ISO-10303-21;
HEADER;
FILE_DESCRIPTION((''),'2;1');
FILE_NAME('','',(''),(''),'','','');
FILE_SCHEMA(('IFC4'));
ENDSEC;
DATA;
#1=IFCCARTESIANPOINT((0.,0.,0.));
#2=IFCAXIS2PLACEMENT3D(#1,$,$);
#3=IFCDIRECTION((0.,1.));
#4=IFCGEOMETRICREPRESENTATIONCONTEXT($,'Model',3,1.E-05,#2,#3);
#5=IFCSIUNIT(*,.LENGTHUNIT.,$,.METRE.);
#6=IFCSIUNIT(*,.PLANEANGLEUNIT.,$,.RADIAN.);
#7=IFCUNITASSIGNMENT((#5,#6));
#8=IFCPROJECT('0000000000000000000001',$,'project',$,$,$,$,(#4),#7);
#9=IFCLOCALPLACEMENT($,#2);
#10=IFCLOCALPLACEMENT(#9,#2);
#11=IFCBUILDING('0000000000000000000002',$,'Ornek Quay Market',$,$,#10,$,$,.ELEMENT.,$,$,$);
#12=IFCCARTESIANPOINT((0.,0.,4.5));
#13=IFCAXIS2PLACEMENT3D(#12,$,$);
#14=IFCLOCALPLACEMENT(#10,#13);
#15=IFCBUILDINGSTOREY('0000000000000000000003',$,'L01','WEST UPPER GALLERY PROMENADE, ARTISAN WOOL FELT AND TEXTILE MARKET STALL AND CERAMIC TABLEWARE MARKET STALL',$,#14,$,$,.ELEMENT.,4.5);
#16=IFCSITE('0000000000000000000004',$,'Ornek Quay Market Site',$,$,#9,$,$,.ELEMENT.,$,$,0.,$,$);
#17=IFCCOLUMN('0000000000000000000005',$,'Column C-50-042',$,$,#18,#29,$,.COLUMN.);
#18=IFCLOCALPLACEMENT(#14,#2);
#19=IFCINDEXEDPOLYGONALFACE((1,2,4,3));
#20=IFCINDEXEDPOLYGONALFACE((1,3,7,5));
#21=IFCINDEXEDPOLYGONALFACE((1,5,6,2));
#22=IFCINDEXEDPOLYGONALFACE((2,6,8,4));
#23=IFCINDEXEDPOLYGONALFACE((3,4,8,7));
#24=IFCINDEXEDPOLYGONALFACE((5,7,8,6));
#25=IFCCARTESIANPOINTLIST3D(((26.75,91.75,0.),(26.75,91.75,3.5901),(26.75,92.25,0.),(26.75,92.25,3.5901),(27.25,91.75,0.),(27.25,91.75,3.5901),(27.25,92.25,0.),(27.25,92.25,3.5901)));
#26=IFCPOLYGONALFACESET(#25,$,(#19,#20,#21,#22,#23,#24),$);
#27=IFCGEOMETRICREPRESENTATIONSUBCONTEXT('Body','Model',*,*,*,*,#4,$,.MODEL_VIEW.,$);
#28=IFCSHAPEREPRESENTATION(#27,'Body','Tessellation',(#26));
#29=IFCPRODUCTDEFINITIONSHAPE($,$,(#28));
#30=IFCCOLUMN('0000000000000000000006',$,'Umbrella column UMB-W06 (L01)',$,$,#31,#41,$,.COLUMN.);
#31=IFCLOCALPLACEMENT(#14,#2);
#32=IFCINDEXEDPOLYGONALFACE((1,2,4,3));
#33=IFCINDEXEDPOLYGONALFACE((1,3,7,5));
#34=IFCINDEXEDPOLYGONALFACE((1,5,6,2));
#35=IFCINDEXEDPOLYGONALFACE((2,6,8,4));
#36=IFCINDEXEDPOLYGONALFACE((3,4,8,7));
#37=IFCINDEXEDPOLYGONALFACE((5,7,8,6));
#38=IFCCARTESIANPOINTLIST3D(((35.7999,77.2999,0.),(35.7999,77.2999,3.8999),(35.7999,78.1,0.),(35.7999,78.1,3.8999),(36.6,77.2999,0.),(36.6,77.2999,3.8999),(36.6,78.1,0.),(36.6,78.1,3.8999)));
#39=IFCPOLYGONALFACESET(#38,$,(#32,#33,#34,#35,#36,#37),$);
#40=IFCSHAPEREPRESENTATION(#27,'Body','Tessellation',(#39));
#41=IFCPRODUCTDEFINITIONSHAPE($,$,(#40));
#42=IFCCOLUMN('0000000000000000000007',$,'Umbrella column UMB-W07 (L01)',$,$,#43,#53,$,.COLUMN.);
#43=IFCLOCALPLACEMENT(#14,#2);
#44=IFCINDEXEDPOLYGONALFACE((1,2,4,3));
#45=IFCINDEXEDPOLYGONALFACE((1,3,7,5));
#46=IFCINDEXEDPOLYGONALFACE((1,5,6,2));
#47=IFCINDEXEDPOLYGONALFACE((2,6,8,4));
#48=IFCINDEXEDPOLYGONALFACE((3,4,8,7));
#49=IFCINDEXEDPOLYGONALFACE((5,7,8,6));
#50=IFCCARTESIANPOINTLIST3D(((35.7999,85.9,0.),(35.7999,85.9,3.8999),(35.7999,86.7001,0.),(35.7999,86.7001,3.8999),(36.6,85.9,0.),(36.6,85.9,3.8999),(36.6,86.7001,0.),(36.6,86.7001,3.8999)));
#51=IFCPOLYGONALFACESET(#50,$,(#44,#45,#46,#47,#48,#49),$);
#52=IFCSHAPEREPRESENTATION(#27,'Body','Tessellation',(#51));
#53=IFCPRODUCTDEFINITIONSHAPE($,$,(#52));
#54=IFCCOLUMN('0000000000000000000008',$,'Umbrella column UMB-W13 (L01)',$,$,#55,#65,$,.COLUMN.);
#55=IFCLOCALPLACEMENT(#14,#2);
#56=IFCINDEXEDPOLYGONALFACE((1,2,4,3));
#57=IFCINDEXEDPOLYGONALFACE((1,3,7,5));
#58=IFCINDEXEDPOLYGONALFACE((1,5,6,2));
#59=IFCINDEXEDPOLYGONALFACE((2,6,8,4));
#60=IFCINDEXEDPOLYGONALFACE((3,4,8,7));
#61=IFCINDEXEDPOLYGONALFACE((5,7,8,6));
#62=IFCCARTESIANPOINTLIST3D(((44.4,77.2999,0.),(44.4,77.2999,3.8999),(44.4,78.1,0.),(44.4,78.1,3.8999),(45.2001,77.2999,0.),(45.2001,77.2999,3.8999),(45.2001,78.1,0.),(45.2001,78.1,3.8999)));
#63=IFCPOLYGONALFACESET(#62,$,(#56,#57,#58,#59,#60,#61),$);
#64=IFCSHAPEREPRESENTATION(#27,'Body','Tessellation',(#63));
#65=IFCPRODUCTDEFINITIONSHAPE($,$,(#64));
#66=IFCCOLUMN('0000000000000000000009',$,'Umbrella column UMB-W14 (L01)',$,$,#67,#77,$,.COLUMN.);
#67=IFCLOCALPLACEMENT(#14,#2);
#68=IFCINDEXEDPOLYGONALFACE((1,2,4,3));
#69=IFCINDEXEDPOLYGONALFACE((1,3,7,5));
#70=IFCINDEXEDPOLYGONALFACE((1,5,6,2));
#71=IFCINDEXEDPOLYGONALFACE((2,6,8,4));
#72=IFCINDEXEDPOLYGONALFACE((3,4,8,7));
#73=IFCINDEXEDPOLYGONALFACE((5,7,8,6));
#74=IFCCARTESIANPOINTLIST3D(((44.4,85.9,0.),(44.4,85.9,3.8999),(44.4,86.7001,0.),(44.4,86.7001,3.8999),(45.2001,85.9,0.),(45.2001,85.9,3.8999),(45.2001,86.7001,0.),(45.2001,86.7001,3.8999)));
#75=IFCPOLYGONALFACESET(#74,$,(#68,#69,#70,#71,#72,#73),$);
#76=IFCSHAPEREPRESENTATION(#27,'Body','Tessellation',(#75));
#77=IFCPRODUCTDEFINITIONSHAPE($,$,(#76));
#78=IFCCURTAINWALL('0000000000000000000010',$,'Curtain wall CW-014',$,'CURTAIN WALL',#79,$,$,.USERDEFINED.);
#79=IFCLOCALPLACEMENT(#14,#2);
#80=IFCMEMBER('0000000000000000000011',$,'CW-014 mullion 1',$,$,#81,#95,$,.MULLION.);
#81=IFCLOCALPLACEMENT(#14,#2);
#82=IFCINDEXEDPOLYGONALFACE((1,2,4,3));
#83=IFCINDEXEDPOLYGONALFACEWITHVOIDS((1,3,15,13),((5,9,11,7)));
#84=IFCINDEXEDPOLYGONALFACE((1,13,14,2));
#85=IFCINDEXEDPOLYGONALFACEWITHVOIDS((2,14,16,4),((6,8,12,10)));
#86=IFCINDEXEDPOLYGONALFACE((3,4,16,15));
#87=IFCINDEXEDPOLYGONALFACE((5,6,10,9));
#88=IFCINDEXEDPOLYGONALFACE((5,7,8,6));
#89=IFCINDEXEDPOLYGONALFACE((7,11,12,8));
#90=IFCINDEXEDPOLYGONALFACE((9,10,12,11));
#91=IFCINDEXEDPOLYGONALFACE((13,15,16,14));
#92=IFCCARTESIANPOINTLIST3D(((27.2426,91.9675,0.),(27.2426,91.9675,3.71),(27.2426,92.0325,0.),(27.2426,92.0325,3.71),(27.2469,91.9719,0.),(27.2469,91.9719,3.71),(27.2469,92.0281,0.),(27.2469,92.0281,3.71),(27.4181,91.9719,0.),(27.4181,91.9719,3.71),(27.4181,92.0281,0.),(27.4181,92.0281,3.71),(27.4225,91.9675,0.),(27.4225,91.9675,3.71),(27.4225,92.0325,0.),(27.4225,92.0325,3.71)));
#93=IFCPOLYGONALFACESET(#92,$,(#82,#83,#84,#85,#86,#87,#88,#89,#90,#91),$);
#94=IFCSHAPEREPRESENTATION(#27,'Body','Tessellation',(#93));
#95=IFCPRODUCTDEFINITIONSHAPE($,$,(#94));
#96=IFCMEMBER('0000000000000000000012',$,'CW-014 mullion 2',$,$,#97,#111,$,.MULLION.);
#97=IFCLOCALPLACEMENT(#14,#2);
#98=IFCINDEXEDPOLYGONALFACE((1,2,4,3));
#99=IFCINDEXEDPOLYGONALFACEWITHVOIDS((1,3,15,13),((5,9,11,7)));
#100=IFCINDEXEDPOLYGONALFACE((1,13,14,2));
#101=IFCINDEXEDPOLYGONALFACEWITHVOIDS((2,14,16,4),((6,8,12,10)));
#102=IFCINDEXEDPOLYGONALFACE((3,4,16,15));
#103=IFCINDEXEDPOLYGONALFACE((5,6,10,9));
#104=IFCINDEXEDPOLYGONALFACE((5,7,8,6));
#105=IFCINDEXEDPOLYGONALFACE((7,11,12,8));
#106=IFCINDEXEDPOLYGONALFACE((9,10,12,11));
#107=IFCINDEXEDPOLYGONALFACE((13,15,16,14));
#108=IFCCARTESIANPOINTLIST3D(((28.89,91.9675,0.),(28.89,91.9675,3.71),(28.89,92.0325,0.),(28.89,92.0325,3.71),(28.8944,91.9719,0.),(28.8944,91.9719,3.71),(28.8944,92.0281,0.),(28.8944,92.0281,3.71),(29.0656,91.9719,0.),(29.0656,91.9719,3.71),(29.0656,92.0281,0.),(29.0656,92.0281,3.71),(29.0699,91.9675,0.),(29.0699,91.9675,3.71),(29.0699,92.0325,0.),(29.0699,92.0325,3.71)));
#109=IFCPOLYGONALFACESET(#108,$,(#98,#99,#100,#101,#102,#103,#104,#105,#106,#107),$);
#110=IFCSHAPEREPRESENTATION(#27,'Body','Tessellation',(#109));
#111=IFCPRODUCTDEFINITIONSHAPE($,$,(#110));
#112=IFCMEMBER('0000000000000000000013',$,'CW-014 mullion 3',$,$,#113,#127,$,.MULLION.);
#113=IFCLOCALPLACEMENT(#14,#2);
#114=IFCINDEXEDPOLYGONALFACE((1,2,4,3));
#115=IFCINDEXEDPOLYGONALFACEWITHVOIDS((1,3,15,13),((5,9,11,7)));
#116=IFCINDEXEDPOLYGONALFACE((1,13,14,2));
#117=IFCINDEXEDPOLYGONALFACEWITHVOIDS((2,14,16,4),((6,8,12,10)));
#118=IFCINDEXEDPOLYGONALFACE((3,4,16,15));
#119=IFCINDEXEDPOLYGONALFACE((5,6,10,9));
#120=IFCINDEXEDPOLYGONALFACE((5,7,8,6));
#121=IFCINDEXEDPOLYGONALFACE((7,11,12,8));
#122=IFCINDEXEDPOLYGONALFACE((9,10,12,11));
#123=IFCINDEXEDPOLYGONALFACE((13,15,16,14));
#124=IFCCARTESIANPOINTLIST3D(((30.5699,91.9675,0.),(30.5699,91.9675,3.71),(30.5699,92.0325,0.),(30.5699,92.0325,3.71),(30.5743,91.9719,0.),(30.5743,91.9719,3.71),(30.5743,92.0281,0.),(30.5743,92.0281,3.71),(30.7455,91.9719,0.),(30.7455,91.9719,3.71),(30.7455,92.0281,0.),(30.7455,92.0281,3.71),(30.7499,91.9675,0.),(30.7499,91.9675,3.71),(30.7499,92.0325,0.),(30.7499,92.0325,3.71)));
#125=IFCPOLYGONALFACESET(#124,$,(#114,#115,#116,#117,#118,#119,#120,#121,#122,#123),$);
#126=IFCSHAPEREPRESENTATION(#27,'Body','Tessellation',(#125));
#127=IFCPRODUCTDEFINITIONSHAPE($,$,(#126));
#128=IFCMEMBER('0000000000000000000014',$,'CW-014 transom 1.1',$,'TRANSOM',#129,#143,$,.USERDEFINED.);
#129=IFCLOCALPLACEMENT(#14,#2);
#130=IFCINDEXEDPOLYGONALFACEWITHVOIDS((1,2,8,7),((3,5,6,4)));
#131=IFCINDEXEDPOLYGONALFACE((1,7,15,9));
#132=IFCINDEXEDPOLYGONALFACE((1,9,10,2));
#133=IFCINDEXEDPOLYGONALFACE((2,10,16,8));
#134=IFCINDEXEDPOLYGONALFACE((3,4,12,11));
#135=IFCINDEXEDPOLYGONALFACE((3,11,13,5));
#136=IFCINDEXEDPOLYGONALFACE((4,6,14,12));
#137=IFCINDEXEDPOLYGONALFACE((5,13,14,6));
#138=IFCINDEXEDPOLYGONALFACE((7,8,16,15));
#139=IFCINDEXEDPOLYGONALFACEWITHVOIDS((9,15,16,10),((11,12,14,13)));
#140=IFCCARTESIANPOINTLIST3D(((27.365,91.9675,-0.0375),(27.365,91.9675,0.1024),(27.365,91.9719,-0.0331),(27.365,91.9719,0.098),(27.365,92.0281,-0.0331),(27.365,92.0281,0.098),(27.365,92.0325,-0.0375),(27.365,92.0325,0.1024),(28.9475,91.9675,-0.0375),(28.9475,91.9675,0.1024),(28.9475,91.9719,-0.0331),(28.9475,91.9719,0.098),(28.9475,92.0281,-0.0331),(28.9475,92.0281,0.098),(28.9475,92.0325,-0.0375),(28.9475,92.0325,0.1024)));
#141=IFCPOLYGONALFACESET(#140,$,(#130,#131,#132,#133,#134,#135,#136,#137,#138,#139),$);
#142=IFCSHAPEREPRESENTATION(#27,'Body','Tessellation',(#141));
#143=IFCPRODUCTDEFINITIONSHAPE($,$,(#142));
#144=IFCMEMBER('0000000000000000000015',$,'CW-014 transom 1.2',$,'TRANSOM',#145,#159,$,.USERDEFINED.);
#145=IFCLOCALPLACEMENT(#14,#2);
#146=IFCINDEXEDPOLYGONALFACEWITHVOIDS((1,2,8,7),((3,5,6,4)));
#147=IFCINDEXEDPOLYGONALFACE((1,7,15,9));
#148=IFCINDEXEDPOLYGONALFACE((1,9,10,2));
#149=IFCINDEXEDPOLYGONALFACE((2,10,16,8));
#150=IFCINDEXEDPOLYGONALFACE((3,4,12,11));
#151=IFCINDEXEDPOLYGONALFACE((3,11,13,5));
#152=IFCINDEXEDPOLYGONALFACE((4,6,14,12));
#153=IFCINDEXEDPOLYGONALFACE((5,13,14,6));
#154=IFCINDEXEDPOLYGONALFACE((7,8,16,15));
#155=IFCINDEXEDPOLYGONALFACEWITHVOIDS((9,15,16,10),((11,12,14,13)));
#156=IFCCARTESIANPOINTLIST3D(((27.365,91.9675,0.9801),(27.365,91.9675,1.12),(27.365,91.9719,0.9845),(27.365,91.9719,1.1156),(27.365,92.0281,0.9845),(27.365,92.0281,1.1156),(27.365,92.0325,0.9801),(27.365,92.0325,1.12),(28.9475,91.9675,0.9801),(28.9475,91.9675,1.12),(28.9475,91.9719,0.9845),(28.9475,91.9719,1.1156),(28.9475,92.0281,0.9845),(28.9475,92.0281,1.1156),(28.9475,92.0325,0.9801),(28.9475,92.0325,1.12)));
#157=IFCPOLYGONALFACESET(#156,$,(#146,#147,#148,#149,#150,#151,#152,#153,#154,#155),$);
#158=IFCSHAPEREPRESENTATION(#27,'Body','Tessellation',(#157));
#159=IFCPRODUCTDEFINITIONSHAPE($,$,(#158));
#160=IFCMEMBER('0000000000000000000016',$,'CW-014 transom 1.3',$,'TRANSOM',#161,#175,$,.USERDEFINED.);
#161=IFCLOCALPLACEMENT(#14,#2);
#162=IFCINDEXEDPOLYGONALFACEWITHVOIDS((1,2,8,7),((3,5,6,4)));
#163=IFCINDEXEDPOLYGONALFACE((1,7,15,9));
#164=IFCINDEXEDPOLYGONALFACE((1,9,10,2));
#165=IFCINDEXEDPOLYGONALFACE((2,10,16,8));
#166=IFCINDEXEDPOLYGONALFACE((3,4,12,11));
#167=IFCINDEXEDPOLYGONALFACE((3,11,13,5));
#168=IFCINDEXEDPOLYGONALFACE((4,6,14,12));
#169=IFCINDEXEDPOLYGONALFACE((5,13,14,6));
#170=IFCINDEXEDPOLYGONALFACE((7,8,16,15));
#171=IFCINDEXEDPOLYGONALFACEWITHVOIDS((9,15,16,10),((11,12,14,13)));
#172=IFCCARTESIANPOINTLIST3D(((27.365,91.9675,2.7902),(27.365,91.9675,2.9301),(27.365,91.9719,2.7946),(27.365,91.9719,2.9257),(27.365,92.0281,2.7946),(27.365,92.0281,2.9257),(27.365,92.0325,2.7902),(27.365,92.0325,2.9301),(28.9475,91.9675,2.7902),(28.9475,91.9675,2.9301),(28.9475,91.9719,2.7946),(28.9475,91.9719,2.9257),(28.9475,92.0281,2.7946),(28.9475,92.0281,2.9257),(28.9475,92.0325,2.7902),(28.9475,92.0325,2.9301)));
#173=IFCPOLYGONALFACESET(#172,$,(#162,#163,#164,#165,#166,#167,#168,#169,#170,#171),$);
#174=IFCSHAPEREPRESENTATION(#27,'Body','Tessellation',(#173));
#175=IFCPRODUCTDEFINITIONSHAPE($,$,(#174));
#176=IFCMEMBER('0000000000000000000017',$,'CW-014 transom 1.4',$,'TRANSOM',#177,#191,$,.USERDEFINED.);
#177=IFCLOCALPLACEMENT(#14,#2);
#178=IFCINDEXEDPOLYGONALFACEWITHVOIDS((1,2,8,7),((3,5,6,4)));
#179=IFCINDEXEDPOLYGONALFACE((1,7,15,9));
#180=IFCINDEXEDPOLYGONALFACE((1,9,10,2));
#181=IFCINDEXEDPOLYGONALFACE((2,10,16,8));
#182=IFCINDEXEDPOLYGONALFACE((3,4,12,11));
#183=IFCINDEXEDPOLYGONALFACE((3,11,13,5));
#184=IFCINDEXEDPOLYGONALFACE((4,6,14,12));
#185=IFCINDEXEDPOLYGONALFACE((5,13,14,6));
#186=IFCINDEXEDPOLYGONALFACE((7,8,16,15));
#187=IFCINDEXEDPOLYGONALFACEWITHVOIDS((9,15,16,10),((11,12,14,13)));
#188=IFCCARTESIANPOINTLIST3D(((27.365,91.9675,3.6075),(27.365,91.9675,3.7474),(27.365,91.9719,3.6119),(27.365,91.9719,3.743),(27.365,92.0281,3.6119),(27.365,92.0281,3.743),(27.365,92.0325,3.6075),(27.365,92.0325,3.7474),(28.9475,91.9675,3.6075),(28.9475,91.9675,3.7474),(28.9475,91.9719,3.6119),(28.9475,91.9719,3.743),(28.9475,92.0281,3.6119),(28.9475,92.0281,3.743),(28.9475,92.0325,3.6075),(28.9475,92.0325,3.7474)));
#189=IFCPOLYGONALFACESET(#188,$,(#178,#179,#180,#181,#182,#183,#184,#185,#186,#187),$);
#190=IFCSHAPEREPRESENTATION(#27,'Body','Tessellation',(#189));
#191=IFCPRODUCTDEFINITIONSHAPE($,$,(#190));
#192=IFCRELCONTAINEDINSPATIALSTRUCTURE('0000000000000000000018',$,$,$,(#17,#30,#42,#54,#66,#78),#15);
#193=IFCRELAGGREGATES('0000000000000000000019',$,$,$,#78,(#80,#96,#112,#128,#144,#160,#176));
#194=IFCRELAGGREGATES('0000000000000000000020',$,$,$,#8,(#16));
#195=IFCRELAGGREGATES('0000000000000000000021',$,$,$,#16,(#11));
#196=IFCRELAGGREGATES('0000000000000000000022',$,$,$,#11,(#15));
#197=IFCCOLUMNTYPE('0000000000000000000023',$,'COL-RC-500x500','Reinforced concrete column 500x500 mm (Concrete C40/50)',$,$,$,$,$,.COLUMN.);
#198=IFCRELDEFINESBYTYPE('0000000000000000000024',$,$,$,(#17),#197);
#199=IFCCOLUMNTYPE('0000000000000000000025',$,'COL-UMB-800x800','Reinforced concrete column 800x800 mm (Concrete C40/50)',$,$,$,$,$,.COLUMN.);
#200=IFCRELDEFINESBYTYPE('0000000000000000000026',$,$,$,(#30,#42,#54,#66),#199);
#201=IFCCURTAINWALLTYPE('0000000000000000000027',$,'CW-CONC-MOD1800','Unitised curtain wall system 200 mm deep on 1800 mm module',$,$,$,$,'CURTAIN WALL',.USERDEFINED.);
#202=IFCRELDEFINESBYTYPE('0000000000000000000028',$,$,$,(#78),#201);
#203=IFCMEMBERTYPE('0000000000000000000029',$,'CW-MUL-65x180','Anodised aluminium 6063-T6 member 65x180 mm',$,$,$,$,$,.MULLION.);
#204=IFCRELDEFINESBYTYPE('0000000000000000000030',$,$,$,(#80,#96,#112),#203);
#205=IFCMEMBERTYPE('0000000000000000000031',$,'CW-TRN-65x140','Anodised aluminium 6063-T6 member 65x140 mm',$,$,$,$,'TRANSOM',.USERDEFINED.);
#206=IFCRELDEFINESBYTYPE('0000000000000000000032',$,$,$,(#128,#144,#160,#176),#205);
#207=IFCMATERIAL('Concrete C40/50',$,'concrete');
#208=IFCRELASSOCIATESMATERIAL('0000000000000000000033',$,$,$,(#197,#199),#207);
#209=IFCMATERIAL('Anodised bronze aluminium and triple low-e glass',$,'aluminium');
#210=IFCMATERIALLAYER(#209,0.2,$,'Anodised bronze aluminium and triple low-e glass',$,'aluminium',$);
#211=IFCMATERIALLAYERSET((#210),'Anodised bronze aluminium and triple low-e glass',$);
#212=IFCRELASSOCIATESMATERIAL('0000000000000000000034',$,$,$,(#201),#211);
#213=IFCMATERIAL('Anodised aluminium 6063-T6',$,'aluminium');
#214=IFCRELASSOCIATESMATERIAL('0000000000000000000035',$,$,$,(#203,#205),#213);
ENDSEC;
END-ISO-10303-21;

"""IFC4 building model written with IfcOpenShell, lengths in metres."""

from ifc_helpers import new_model, si_unit, direction, frame, origin, origin_2d, place, context, subcontext, project, spatial, rectangle, hollow_rectangle, extrude, material, layer, layer_set, material_profile, profile_set, type_object, element, aggregate, save


model = new_model("IFC4")

# Units and contexts
model_context = context("Model", 3, precision=1e-05, world=origin(), true_north=direction((0.0, 1.0)))
body_context = subcontext(model_context, "Body", "Model", "MODEL_VIEW")
ifc_project = project(units=[si_unit("LENGTHUNIT", "METRE"), si_unit("PLANEANGLEUNIT", "RADIAN")], contexts=[model_context])

# Site, building, storey
site_placement = place(None, origin())
site = spatial("IfcSite", under=ifc_project, at=site_placement, Name="Ornek Quay Market Site", CompositionType="ELEMENT", RefElevation=0.0)
building_placement = place(site_placement, origin())
building = spatial("IfcBuilding", under=site, at=building_placement, Name="Ornek Quay Market", CompositionType="ELEMENT")
storey_placement = place(building_placement, frame((0.0, 0.0, 4.5)))
storey = spatial("IfcBuildingStorey", under=building, at=storey_placement, Name="L01", Description="WEST UPPER GALLERY PROMENADE, ARTISAN WOOL FELT AND TEXTILE MARKET STALL AND CERAMIC TABLEWARE MARKET STALL", CompositionType="ELEMENT", Elevation=4.5)

# Columns
ifc_material_1 = material(Name="Concrete C40/50", Category="concrete")
ifc_material_profile_1 = material_profile(ifc_material_1, rectangle(XDim=0.5, YDim=0.5, at=origin_2d()), Name="RC 500x500", Category="concrete")
ifc_profile_set_1 = profile_set([ifc_material_profile_1], Name="Concrete C40/50")
column_type_1 = type_object("IfcColumnType", Name="COL-RC-500x500", Description="Reinforced concrete column 500x500 mm (Concrete C40/50)", PredefinedType="COLUMN", material=ifc_profile_set_1)
column_placement = place(storey_placement, frame((27.0, 92.0, 0.0), z_axis=(0.0, 0.0, 1.0), x_axis=(1.0, 0.0, 0.0)))
element("IfcColumn", 1, at=column_placement, inside=storey, type_object=column_type_1, Name="Column C-50-042", PredefinedType="COLUMN", context=body_context, shape_type="SweptSolid", body=[
    extrude(rectangle(XDim=0.5, YDim=0.5, at=origin_2d()), origin(), (0.0, 0.0, 1.0), 3.5901),
])
ifc_material_profile_2 = material_profile(ifc_material_1, rectangle(XDim=0.8, YDim=0.8, at=origin_2d()), Name="RC 800x800", Category="concrete")
ifc_profile_set_2 = profile_set([ifc_material_profile_2], Name="Concrete C40/50")
column_type_2 = type_object("IfcColumnType", Name="COL-UMB-800x800", Description="Reinforced concrete column 800x800 mm (Concrete C40/50)", PredefinedType="COLUMN", material=ifc_profile_set_2)
for number, where, z_axis, x_axis, name in (
    (2, (36.2, 77.7, 0.0), (0.0, 0.0, 1.0), (1.0, 0.0, 0.0), "Umbrella column UMB-W06 (L01)"),
    (3, (36.2, 86.3, 0.0), (0.0, 0.0, 1.0), (1.0, 0.0, 0.0), "Umbrella column UMB-W07 (L01)"),
    (4, (44.8, 77.7, 0.0), (0.0, 0.0, 1.0), (1.0, 0.0, 0.0), "Umbrella column UMB-W13 (L01)"),
    (5, (44.8, 86.3, 0.0), (0.0, 0.0, 1.0), (1.0, 0.0, 0.0), "Umbrella column UMB-W14 (L01)"),
):
    element("IfcColumn", number, at=place(storey_placement, frame(where, z_axis=z_axis, x_axis=x_axis)), inside=storey, type_object=column_type_2, Name=name, PredefinedType="COLUMN", context=body_context, shape_type="SweptSolid", body=[
        extrude(rectangle(XDim=0.8, YDim=0.8, at=origin_2d()), origin(), (0.0, 0.0, 1.0), 3.8999),
    ])

# Curtain wall, members
ifc_material_2 = material(Name="Anodised bronze aluminium and triple low-e glass", Category="aluminium")
ifc_layer_1 = layer(ifc_material_2, 0.2, Name="Anodised bronze aluminium and triple low-e glass", Category="aluminium")
ifc_layer_set_1 = layer_set([ifc_layer_1], Name="Anodised bronze aluminium and triple low-e glass")
curtain_wall_type = type_object("IfcCurtainWallType", Name="CW-CONC-MOD1800", Description="Unitised curtain wall system 200 mm deep on 1800 mm module", ElementType="CURTAIN WALL", PredefinedType="USERDEFINED", material=ifc_layer_set_1)
curtain_wall_placement = place(storey_placement, origin())
curtain_wall = element("IfcCurtainWall", 6, at=curtain_wall_placement, inside=storey, type_object=curtain_wall_type, Name="Curtain wall CW-014", ObjectType="CURTAIN WALL", PredefinedType="USERDEFINED")
ifc_material_3 = material(Name="Anodised aluminium 6063-T6", Category="aluminium")
ifc_material_profile_3 = material_profile(ifc_material_3, hollow_rectangle(XDim=0.0649, YDim=0.1799, WallThickness=0.0044, at=origin_2d()), Name="CW-MUL-65x180", Category="aluminium")
ifc_profile_set_3 = profile_set([ifc_material_profile_3], Name="Anodised aluminium 6063-T6")
member_type_1 = type_object("IfcMemberType", Name="CW-MUL-65x180", Description="Anodised aluminium 6063-T6 member 65x180 mm", PredefinedType="MULLION", material=ifc_profile_set_3)
member_1_placement = place(storey_placement, frame((27.3325, 92.0, 0.0), z_axis=(0.0, 0.0, 1.0), x_axis=(0.0, 1.0, 0.0)))
member_1 = element("IfcMember", 7, at=member_1_placement, type_object=member_type_1, Name="CW-014 mullion 1", PredefinedType="MULLION", context=body_context, shape_type="SweptSolid", body=[
    extrude(hollow_rectangle(XDim=0.0649, YDim=0.1799, WallThickness=0.0044, at=origin_2d()), origin(), (0.0, 0.0, 1.0), 3.71),
])
member_2_placement = place(storey_placement, frame((28.98, 92.0, 0.0), z_axis=(0.0, 0.0, 1.0), x_axis=(0.0, 1.0, 0.0)))
member_2 = element("IfcMember", 8, at=member_2_placement, type_object=member_type_1, Name="CW-014 mullion 2", PredefinedType="MULLION", context=body_context, shape_type="SweptSolid", body=[
    extrude(hollow_rectangle(XDim=0.0649, YDim=0.1799, WallThickness=0.0044, at=origin_2d()), origin(), (0.0, 0.0, 1.0), 3.71),
])
member_3_placement = place(storey_placement, frame((30.6599, 92.0, 0.0), z_axis=(0.0, 0.0, 1.0), x_axis=(0.0, 1.0, 0.0)))
member_3 = element("IfcMember", 9, at=member_3_placement, type_object=member_type_1, Name="CW-014 mullion 3", PredefinedType="MULLION", context=body_context, shape_type="SweptSolid", body=[
    extrude(hollow_rectangle(XDim=0.0649, YDim=0.1799, WallThickness=0.0044, at=origin_2d()), origin(), (0.0, 0.0, 1.0), 3.71),
])
ifc_material_profile_4 = material_profile(ifc_material_3, hollow_rectangle(XDim=0.0649, YDim=0.1399, WallThickness=0.0044, at=origin_2d()), Name="CW-TRN-65x140", Category="aluminium")
ifc_profile_set_4 = profile_set([ifc_material_profile_4], Name="Anodised aluminium 6063-T6")
member_type_2 = type_object("IfcMemberType", Name="CW-TRN-65x140", Description="Anodised aluminium 6063-T6 member 65x140 mm", ElementType="TRANSOM", PredefinedType="USERDEFINED", material=ifc_profile_set_4)
member_4_placement = place(storey_placement, frame((27.365, 92.0, 0.0325), z_axis=(1.0, 0.0, 0.0), x_axis=(0.0, 1.0, 0.0)))
member_4 = element("IfcMember", 10, at=member_4_placement, type_object=member_type_2, Name="CW-014 transom 1.1", ObjectType="TRANSOM", PredefinedType="USERDEFINED", context=body_context, shape_type="SweptSolid", body=[
    extrude(hollow_rectangle(XDim=0.0649, YDim=0.1399, WallThickness=0.0044, at=origin_2d()), origin(), (0.0, 0.0, 1.0), 1.5825),
])
member_5_placement = place(storey_placement, frame((27.365, 92.0, 1.05), z_axis=(1.0, 0.0, 0.0), x_axis=(0.0, 1.0, 0.0)))
member_5 = element("IfcMember", 11, at=member_5_placement, type_object=member_type_2, Name="CW-014 transom 1.2", ObjectType="TRANSOM", PredefinedType="USERDEFINED", context=body_context, shape_type="SweptSolid", body=[
    extrude(hollow_rectangle(XDim=0.0649, YDim=0.1399, WallThickness=0.0044, at=origin_2d()), origin(), (0.0, 0.0, 1.0), 1.5825),
])
member_6_placement = place(storey_placement, frame((27.365, 92.0, 2.8601), z_axis=(1.0, 0.0, 0.0), x_axis=(0.0, 1.0, 0.0)))
member_6 = element("IfcMember", 12, at=member_6_placement, type_object=member_type_2, Name="CW-014 transom 1.3", ObjectType="TRANSOM", PredefinedType="USERDEFINED", context=body_context, shape_type="SweptSolid", body=[
    extrude(hollow_rectangle(XDim=0.0649, YDim=0.1399, WallThickness=0.0044, at=origin_2d()), origin(), (0.0, 0.0, 1.0), 1.5825),
])
member_7_placement = place(storey_placement, frame((27.365, 92.0, 3.6775), z_axis=(1.0, 0.0, 0.0), x_axis=(0.0, 1.0, 0.0)))
member_7 = element("IfcMember", 13, at=member_7_placement, type_object=member_type_2, Name="CW-014 transom 1.4", ObjectType="TRANSOM", PredefinedType="USERDEFINED", context=body_context, shape_type="SweptSolid", body=[
    extrude(hollow_rectangle(XDim=0.0649, YDim=0.1399, WallThickness=0.0044, at=origin_2d()), origin(), (0.0, 0.0, 1.0), 1.5825),
])
aggregate(curtain_wall, [member_1, member_2, member_3, member_4, member_5, member_6, member_7])

save(model, "model.ifc")
